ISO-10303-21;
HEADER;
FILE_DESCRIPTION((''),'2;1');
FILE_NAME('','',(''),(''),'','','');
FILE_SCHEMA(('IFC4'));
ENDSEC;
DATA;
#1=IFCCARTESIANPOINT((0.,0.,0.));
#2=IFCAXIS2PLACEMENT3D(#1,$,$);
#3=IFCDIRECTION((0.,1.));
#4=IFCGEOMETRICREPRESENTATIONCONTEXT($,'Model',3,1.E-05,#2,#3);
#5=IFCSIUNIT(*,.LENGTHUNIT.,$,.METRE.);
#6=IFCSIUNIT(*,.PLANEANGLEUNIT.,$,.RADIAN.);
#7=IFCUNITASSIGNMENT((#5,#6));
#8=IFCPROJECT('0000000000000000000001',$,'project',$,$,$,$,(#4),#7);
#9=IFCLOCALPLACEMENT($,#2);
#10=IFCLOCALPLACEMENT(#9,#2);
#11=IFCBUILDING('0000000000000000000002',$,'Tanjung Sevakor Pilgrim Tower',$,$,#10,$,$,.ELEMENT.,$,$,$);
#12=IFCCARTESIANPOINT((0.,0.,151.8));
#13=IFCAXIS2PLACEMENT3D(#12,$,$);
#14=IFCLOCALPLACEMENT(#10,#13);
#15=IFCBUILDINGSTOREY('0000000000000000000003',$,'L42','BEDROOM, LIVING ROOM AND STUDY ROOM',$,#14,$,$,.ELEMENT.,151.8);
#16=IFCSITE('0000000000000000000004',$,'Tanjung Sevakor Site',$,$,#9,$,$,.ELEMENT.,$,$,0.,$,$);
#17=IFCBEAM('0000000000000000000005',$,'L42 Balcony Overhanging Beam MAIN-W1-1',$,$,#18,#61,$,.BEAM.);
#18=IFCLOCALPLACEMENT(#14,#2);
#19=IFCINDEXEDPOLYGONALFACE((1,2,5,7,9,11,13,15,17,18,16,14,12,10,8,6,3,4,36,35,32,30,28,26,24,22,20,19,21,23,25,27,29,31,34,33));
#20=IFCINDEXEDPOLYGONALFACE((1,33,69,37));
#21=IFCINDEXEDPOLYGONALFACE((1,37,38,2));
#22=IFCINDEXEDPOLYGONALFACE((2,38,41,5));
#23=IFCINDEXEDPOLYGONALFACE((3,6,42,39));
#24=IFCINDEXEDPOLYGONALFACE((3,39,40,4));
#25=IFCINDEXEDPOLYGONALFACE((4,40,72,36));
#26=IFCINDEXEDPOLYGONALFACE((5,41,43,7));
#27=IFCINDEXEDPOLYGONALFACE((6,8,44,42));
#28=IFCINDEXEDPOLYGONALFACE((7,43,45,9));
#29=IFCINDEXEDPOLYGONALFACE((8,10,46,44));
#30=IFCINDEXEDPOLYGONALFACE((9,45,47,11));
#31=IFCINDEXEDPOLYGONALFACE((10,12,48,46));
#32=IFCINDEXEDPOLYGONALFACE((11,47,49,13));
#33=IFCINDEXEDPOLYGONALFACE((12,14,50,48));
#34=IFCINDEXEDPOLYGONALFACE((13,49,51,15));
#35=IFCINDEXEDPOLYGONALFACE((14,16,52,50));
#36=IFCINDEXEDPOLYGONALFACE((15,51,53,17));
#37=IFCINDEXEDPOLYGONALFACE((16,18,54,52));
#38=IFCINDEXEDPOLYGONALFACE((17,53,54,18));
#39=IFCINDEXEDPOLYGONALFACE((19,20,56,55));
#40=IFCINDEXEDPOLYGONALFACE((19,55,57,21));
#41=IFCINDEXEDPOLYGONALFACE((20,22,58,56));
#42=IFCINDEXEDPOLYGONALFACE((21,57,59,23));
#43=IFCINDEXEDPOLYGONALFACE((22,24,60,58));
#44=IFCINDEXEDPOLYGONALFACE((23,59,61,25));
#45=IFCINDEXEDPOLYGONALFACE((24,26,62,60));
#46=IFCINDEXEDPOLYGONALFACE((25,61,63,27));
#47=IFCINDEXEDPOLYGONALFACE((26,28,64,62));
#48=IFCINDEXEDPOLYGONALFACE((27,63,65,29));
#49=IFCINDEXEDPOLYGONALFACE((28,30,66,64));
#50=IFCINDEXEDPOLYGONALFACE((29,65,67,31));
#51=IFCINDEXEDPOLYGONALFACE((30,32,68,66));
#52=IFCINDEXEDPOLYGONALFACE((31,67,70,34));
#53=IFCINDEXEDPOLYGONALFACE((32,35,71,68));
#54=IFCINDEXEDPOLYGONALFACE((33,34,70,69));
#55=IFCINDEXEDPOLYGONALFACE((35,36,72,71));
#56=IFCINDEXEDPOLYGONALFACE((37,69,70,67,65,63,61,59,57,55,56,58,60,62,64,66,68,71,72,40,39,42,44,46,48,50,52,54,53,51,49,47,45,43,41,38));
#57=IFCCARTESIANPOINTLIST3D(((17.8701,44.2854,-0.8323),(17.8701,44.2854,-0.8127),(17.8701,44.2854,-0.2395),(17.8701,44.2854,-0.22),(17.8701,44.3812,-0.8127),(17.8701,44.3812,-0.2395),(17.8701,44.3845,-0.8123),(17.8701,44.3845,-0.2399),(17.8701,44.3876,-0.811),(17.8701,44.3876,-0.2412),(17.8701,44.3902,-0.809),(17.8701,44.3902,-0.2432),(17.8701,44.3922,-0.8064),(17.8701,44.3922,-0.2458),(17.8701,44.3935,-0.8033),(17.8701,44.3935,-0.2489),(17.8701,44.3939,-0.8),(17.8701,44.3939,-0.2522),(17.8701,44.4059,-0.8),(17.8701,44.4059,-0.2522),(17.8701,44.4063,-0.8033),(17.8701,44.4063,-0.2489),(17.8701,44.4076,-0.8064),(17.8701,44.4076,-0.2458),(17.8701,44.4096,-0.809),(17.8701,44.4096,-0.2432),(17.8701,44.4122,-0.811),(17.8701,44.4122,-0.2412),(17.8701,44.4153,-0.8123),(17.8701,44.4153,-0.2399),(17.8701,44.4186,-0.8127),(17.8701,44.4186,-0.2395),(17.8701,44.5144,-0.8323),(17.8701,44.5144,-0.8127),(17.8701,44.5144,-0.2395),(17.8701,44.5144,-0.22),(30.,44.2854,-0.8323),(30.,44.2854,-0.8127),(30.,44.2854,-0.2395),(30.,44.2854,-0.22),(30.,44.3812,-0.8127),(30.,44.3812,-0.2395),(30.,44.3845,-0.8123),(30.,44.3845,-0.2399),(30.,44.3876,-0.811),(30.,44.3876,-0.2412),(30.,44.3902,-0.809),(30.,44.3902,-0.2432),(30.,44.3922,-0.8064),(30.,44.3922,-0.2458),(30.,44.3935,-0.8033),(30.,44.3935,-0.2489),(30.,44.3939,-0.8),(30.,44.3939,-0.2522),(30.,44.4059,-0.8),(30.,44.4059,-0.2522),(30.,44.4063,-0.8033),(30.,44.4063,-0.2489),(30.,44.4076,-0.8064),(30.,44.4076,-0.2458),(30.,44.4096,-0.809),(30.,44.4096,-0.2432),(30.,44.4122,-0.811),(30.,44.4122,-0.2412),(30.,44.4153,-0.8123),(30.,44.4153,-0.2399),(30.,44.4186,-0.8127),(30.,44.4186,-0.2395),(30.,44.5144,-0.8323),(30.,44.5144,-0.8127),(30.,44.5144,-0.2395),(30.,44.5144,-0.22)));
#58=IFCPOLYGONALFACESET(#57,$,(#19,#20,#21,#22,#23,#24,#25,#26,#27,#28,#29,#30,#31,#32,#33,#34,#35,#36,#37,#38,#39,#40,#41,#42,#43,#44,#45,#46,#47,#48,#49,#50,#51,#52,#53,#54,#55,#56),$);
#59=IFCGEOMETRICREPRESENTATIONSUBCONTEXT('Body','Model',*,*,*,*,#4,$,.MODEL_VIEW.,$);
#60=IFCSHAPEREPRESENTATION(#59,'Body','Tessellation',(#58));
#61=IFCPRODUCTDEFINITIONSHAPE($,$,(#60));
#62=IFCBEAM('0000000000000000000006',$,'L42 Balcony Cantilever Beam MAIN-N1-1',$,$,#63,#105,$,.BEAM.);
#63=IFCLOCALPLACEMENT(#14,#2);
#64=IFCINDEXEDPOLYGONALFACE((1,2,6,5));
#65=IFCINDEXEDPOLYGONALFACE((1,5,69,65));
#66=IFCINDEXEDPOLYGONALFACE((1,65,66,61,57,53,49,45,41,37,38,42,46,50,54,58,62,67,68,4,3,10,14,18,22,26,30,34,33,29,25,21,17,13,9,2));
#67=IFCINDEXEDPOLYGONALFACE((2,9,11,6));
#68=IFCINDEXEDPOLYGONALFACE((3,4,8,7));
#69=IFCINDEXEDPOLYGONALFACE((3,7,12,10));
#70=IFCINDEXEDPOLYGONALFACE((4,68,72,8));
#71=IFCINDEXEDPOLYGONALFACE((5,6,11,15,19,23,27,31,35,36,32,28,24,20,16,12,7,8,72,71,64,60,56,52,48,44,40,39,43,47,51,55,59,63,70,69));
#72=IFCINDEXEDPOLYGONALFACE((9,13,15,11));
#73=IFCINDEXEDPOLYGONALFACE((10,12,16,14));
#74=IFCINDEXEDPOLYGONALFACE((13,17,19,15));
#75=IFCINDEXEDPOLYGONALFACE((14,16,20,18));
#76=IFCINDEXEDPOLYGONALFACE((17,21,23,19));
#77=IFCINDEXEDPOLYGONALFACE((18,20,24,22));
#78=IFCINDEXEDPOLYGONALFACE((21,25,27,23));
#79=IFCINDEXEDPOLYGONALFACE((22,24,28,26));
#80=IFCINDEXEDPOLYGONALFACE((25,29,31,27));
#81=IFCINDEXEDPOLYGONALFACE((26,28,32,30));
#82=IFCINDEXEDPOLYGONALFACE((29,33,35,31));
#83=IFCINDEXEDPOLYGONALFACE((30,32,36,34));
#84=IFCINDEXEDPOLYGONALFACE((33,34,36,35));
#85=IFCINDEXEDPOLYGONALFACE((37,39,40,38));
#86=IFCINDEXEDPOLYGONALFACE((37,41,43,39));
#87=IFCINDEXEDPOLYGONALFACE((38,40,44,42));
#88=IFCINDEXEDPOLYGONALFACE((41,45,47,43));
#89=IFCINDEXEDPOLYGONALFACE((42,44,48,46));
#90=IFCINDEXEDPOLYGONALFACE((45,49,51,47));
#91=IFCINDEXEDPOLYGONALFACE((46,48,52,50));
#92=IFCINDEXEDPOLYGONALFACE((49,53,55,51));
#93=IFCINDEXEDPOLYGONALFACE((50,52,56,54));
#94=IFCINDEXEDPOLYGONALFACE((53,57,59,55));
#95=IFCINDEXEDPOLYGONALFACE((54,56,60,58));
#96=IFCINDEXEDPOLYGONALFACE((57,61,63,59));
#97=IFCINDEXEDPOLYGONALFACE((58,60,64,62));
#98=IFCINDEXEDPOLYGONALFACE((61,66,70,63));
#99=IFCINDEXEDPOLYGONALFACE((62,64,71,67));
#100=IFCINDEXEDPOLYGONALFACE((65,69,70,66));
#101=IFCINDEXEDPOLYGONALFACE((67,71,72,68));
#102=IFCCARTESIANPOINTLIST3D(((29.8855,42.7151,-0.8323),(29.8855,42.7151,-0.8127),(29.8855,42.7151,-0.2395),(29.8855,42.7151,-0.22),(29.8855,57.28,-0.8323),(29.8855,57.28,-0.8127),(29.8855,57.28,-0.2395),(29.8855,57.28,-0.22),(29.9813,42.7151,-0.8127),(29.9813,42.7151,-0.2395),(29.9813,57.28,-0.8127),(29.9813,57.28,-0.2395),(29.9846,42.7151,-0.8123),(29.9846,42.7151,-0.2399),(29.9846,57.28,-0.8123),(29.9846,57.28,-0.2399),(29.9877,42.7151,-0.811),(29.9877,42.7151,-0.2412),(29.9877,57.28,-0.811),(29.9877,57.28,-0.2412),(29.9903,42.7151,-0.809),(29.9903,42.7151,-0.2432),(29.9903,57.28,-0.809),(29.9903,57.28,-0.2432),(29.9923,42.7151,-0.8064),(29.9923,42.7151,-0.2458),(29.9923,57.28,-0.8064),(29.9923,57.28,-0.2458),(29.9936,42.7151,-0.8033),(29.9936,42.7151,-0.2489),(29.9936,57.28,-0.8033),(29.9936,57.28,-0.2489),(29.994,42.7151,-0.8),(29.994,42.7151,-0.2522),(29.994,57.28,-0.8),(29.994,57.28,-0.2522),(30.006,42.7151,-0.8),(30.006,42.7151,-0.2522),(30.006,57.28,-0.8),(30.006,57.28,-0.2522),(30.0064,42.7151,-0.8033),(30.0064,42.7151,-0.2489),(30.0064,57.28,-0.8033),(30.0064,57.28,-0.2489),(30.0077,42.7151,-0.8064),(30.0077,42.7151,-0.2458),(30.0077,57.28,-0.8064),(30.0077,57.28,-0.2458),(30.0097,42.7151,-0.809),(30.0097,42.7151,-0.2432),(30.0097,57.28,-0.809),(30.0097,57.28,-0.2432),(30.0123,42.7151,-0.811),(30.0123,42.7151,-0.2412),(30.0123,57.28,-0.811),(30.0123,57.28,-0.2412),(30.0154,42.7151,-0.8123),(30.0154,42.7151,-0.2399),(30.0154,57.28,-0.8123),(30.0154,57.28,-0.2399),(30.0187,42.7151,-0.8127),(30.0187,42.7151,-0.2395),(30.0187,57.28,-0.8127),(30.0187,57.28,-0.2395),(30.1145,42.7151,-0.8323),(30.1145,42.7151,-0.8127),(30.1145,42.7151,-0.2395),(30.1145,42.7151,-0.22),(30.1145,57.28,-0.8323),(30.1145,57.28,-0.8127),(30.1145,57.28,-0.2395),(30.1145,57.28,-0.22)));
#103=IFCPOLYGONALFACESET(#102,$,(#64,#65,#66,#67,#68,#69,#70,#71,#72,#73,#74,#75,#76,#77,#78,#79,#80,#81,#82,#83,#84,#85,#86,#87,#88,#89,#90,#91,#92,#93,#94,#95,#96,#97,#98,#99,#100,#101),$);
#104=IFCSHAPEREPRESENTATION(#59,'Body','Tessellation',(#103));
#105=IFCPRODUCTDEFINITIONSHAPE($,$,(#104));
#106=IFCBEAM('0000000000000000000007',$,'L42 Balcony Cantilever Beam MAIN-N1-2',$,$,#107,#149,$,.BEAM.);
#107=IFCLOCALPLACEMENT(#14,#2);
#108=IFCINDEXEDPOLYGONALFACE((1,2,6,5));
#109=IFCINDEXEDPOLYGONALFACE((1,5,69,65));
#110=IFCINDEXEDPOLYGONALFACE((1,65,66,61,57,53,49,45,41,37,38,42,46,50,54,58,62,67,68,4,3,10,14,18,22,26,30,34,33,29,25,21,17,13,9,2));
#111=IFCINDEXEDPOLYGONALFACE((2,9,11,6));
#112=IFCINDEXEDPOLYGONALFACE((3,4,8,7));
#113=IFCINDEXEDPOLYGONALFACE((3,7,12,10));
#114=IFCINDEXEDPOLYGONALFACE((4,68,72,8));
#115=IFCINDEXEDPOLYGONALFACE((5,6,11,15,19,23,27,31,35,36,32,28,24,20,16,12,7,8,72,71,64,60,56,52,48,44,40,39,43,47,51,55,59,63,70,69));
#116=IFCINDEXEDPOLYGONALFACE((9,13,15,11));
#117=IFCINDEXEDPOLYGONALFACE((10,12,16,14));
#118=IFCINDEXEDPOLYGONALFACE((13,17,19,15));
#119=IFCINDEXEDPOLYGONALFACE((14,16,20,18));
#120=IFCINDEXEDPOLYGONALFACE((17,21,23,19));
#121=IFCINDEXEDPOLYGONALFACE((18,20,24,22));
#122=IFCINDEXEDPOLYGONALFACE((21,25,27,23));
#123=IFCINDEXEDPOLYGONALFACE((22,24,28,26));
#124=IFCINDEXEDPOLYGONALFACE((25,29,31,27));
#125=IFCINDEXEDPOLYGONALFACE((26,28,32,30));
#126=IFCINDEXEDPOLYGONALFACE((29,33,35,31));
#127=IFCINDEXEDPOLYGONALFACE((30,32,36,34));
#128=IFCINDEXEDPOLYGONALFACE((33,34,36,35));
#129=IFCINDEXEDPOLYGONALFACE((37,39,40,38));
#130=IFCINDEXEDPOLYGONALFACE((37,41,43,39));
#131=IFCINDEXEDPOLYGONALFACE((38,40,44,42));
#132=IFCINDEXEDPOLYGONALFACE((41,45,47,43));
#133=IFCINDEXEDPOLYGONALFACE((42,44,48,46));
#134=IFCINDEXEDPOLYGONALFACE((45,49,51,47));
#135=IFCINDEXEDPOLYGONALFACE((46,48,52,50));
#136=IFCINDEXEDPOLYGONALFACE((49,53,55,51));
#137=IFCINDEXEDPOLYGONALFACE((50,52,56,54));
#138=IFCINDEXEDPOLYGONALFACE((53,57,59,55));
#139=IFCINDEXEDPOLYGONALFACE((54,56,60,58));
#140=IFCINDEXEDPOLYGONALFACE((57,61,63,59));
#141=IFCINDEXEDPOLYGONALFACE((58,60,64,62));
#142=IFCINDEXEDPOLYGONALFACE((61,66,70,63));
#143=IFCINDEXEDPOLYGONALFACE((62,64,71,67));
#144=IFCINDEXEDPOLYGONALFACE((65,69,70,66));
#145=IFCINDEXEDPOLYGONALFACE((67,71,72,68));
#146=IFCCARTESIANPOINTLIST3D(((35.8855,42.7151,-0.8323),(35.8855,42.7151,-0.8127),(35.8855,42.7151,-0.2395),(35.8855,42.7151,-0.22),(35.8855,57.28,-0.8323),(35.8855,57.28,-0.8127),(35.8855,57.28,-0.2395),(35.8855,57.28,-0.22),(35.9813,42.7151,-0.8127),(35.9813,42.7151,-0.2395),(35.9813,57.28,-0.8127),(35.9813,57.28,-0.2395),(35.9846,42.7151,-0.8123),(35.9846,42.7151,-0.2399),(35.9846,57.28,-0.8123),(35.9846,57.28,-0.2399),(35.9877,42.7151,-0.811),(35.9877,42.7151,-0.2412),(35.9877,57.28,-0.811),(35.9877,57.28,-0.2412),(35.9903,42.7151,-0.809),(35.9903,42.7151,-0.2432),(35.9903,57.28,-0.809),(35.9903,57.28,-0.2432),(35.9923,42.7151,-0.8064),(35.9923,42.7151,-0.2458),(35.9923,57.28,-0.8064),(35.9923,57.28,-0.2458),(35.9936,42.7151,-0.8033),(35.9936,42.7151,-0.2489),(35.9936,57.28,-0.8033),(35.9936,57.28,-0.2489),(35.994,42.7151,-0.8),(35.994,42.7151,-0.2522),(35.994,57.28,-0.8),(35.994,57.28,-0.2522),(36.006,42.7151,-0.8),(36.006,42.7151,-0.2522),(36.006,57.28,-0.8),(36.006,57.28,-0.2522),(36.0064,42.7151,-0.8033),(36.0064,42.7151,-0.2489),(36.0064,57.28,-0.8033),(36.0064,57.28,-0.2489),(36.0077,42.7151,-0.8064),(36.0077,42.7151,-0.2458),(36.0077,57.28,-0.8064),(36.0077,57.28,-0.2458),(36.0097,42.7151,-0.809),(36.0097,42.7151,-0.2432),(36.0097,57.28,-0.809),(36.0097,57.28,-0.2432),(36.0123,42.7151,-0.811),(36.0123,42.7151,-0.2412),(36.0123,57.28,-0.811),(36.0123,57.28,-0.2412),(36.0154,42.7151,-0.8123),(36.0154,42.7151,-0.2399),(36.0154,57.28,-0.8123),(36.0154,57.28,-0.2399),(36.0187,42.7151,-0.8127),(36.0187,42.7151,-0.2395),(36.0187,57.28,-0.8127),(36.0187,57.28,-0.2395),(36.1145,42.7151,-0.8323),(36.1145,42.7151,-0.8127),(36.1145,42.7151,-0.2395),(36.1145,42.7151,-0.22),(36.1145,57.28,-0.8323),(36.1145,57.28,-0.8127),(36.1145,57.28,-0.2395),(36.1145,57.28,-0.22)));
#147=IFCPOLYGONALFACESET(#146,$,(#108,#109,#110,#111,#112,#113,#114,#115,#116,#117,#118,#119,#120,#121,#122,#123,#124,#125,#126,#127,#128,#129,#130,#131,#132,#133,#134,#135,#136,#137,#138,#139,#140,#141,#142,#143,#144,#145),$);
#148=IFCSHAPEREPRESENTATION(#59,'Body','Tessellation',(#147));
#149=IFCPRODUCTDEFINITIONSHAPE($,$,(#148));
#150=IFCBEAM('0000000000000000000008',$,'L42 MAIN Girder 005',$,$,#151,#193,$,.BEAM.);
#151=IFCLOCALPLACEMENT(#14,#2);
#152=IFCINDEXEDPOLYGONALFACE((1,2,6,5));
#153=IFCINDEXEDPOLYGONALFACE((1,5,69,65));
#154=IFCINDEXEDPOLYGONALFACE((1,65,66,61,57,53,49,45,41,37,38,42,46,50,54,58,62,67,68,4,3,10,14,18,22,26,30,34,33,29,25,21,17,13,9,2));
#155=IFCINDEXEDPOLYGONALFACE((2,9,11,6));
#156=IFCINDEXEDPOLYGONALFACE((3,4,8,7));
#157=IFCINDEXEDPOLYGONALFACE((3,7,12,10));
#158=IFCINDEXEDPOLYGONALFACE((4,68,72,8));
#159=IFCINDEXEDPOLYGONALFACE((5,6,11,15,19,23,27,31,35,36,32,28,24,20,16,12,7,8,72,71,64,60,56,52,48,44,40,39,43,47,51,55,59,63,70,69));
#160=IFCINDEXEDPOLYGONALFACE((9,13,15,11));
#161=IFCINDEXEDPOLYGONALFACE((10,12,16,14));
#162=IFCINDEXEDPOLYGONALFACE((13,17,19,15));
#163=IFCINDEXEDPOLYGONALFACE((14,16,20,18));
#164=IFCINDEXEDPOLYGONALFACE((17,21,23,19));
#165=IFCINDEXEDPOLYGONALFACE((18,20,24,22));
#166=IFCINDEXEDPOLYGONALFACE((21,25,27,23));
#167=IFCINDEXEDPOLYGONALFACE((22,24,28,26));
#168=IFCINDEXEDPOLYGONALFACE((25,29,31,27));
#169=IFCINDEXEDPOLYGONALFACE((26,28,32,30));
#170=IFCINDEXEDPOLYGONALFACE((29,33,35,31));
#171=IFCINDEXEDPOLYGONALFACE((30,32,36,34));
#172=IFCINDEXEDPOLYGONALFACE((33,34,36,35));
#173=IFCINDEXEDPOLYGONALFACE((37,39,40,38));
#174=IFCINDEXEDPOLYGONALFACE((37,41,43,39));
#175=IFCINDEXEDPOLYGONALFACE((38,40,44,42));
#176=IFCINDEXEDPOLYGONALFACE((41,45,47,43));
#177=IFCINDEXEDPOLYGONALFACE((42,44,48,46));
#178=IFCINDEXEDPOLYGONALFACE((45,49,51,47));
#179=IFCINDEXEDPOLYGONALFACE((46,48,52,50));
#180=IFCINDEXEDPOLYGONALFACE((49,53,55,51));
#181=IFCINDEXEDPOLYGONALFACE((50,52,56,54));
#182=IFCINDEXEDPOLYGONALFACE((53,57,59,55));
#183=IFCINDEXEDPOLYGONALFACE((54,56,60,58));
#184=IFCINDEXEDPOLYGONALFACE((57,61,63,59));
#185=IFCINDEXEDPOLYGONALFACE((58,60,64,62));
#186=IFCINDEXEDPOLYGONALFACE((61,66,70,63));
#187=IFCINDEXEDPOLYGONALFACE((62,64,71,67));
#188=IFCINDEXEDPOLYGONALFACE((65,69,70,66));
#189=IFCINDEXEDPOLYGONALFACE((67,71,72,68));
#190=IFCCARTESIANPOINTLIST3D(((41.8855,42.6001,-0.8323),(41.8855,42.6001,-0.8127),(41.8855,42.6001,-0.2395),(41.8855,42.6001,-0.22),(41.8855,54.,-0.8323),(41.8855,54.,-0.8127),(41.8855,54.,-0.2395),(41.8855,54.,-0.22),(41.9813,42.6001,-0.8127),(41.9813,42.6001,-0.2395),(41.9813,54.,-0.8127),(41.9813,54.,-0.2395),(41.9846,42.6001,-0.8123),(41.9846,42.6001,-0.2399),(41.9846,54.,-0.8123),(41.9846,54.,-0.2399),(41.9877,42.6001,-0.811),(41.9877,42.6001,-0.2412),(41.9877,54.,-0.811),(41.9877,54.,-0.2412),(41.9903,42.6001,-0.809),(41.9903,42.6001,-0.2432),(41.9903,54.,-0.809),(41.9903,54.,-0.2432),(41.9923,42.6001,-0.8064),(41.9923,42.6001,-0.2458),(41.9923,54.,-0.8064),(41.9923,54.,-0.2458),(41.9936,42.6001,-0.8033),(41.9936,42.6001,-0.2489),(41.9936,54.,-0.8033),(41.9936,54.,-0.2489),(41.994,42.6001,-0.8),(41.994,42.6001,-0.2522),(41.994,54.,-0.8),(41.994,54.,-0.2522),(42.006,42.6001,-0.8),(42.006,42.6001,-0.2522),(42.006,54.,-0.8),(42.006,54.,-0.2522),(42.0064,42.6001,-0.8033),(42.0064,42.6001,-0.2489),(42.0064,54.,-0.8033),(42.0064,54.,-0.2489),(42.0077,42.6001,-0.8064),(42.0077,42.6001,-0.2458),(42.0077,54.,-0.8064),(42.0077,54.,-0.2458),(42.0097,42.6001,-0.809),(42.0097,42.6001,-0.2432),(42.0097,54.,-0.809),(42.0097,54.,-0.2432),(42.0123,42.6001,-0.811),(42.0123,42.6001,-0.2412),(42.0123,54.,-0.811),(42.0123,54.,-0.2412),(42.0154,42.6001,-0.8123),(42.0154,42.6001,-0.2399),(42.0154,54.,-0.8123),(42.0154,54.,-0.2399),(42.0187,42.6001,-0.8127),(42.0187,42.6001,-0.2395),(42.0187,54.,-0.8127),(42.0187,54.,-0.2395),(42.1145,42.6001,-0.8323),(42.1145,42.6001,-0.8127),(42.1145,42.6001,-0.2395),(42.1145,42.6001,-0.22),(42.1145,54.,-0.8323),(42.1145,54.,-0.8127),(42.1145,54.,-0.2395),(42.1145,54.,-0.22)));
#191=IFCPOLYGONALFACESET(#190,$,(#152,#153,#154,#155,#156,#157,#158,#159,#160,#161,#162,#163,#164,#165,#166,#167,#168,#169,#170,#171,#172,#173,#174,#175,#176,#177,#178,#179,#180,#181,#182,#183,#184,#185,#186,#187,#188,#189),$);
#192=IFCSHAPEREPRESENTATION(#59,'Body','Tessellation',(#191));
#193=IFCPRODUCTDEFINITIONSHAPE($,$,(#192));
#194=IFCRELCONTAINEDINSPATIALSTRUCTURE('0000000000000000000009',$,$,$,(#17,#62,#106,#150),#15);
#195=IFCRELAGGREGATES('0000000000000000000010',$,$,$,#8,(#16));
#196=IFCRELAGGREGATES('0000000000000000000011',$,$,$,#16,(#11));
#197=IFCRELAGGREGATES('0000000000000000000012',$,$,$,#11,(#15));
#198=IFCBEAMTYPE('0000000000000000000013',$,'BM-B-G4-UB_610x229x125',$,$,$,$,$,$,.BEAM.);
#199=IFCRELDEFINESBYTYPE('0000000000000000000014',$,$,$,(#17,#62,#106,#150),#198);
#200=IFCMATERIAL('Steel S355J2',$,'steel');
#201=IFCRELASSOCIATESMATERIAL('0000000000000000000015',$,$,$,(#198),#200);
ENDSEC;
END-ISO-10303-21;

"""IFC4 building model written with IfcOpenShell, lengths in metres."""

from ifc_helpers import new_model, si_unit, direction, frame, origin, origin_2d, place, context, subcontext, project, spatial, i_section, extrude, material, material_profile, profile_set, type_object, element, save


model = new_model("IFC4")

# Units and contexts
model_context = context("Model", 3, precision=1e-05, world=origin(), true_north=direction((0.0, 1.0)))
body_context = subcontext(model_context, "Body", "Model", "MODEL_VIEW")
ifc_project = project(units=[si_unit("LENGTHUNIT", "METRE"), si_unit("PLANEANGLEUNIT", "RADIAN")], contexts=[model_context])

# Site, building, storey
site_placement = place(None, origin())
site = spatial("IfcSite", under=ifc_project, at=site_placement, Name="Tanjung Sevakor Site", CompositionType="ELEMENT", RefElevation=0.0)
building_placement = place(site_placement, origin())
building = spatial("IfcBuilding", under=site, at=building_placement, Name="Tanjung Sevakor Pilgrim Tower", CompositionType="ELEMENT")
storey_placement = place(building_placement, frame((0.0, 0.0, 151.8)))
storey = spatial("IfcBuildingStorey", under=building, at=storey_placement, Name="L42", Description="BEDROOM, LIVING ROOM AND STUDY ROOM", CompositionType="ELEMENT", Elevation=151.8)

# Beams
ifc_material_1 = material(Name="Steel S355J2", Category="steel")
ifc_material_profile_1 = material_profile(ifc_material_1, i_section(OverallWidth=0.229, OverallDepth=0.6123, WebThickness=0.012, FlangeThickness=0.0195, FilletRadius=0.0127, at=origin_2d()))
ifc_profile_set_1 = profile_set([ifc_material_profile_1], Name="Steel S355J2")
beam_type_1 = type_object("IfcBeamType", Name="BM-B-G4-UB_610x229x125", PredefinedType="BEAM", material=ifc_profile_set_1)
beam_1_placement = place(storey_placement, frame((30.0, 44.3999, -0.5261), z_axis=(-1.0, 0.0, 0.0), x_axis=(0.0, -1.0, 0.0)))
element("IfcBeam", 1, at=beam_1_placement, inside=storey, type_object=beam_type_1, Name="L42 Balcony Overhanging Beam MAIN-W1-1", PredefinedType="BEAM", context=body_context, shape_type="SweptSolid", body=[
    extrude(i_section(OverallWidth=0.229, OverallDepth=0.6123, WebThickness=0.012, FlangeThickness=0.0195, FilletRadius=0.0127, at=origin_2d()), origin(), (0.0, 0.0, 1.0), 12.1299),
])
for number, where, z_axis, x_axis, name in (
    (2, (30.0, 42.7151, -0.5261), (0.0, 1.0, 0.0), (-1.0, 0.0, 0.0), "L42 Balcony Cantilever Beam MAIN-N1-1"),
    (3, (36.0, 42.7151, -0.5261), (0.0, 1.0, 0.0), (-1.0, 0.0, 0.0), "L42 Balcony Cantilever Beam MAIN-N1-2"),
):
    element("IfcBeam", number, at=place(storey_placement, frame(where, z_axis=z_axis, x_axis=x_axis)), inside=storey, type_object=beam_type_1, Name=name, PredefinedType="BEAM", context=body_context, shape_type="SweptSolid", body=[
        extrude(i_section(OverallWidth=0.229, OverallDepth=0.6123, WebThickness=0.012, FlangeThickness=0.0195, FilletRadius=0.0127, at=origin_2d()), origin(), (0.0, 0.0, 1.0), 14.5649),
    ])
beam_2_placement = place(storey_placement, frame((42.0, 42.6001, -0.5261), z_axis=(0.0, 1.0, 0.0), x_axis=(-1.0, 0.0, 0.0)))
element("IfcBeam", 4, at=beam_2_placement, inside=storey, type_object=beam_type_1, Name="L42 MAIN Girder 005", PredefinedType="BEAM", context=body_context, shape_type="SweptSolid", body=[
    extrude(i_section(OverallWidth=0.229, OverallDepth=0.6123, WebThickness=0.012, FlangeThickness=0.0195, FilletRadius=0.0127, at=origin_2d()), origin(), (0.0, 0.0, 1.0), 11.3999),
])

save(model, "model.ifc")
